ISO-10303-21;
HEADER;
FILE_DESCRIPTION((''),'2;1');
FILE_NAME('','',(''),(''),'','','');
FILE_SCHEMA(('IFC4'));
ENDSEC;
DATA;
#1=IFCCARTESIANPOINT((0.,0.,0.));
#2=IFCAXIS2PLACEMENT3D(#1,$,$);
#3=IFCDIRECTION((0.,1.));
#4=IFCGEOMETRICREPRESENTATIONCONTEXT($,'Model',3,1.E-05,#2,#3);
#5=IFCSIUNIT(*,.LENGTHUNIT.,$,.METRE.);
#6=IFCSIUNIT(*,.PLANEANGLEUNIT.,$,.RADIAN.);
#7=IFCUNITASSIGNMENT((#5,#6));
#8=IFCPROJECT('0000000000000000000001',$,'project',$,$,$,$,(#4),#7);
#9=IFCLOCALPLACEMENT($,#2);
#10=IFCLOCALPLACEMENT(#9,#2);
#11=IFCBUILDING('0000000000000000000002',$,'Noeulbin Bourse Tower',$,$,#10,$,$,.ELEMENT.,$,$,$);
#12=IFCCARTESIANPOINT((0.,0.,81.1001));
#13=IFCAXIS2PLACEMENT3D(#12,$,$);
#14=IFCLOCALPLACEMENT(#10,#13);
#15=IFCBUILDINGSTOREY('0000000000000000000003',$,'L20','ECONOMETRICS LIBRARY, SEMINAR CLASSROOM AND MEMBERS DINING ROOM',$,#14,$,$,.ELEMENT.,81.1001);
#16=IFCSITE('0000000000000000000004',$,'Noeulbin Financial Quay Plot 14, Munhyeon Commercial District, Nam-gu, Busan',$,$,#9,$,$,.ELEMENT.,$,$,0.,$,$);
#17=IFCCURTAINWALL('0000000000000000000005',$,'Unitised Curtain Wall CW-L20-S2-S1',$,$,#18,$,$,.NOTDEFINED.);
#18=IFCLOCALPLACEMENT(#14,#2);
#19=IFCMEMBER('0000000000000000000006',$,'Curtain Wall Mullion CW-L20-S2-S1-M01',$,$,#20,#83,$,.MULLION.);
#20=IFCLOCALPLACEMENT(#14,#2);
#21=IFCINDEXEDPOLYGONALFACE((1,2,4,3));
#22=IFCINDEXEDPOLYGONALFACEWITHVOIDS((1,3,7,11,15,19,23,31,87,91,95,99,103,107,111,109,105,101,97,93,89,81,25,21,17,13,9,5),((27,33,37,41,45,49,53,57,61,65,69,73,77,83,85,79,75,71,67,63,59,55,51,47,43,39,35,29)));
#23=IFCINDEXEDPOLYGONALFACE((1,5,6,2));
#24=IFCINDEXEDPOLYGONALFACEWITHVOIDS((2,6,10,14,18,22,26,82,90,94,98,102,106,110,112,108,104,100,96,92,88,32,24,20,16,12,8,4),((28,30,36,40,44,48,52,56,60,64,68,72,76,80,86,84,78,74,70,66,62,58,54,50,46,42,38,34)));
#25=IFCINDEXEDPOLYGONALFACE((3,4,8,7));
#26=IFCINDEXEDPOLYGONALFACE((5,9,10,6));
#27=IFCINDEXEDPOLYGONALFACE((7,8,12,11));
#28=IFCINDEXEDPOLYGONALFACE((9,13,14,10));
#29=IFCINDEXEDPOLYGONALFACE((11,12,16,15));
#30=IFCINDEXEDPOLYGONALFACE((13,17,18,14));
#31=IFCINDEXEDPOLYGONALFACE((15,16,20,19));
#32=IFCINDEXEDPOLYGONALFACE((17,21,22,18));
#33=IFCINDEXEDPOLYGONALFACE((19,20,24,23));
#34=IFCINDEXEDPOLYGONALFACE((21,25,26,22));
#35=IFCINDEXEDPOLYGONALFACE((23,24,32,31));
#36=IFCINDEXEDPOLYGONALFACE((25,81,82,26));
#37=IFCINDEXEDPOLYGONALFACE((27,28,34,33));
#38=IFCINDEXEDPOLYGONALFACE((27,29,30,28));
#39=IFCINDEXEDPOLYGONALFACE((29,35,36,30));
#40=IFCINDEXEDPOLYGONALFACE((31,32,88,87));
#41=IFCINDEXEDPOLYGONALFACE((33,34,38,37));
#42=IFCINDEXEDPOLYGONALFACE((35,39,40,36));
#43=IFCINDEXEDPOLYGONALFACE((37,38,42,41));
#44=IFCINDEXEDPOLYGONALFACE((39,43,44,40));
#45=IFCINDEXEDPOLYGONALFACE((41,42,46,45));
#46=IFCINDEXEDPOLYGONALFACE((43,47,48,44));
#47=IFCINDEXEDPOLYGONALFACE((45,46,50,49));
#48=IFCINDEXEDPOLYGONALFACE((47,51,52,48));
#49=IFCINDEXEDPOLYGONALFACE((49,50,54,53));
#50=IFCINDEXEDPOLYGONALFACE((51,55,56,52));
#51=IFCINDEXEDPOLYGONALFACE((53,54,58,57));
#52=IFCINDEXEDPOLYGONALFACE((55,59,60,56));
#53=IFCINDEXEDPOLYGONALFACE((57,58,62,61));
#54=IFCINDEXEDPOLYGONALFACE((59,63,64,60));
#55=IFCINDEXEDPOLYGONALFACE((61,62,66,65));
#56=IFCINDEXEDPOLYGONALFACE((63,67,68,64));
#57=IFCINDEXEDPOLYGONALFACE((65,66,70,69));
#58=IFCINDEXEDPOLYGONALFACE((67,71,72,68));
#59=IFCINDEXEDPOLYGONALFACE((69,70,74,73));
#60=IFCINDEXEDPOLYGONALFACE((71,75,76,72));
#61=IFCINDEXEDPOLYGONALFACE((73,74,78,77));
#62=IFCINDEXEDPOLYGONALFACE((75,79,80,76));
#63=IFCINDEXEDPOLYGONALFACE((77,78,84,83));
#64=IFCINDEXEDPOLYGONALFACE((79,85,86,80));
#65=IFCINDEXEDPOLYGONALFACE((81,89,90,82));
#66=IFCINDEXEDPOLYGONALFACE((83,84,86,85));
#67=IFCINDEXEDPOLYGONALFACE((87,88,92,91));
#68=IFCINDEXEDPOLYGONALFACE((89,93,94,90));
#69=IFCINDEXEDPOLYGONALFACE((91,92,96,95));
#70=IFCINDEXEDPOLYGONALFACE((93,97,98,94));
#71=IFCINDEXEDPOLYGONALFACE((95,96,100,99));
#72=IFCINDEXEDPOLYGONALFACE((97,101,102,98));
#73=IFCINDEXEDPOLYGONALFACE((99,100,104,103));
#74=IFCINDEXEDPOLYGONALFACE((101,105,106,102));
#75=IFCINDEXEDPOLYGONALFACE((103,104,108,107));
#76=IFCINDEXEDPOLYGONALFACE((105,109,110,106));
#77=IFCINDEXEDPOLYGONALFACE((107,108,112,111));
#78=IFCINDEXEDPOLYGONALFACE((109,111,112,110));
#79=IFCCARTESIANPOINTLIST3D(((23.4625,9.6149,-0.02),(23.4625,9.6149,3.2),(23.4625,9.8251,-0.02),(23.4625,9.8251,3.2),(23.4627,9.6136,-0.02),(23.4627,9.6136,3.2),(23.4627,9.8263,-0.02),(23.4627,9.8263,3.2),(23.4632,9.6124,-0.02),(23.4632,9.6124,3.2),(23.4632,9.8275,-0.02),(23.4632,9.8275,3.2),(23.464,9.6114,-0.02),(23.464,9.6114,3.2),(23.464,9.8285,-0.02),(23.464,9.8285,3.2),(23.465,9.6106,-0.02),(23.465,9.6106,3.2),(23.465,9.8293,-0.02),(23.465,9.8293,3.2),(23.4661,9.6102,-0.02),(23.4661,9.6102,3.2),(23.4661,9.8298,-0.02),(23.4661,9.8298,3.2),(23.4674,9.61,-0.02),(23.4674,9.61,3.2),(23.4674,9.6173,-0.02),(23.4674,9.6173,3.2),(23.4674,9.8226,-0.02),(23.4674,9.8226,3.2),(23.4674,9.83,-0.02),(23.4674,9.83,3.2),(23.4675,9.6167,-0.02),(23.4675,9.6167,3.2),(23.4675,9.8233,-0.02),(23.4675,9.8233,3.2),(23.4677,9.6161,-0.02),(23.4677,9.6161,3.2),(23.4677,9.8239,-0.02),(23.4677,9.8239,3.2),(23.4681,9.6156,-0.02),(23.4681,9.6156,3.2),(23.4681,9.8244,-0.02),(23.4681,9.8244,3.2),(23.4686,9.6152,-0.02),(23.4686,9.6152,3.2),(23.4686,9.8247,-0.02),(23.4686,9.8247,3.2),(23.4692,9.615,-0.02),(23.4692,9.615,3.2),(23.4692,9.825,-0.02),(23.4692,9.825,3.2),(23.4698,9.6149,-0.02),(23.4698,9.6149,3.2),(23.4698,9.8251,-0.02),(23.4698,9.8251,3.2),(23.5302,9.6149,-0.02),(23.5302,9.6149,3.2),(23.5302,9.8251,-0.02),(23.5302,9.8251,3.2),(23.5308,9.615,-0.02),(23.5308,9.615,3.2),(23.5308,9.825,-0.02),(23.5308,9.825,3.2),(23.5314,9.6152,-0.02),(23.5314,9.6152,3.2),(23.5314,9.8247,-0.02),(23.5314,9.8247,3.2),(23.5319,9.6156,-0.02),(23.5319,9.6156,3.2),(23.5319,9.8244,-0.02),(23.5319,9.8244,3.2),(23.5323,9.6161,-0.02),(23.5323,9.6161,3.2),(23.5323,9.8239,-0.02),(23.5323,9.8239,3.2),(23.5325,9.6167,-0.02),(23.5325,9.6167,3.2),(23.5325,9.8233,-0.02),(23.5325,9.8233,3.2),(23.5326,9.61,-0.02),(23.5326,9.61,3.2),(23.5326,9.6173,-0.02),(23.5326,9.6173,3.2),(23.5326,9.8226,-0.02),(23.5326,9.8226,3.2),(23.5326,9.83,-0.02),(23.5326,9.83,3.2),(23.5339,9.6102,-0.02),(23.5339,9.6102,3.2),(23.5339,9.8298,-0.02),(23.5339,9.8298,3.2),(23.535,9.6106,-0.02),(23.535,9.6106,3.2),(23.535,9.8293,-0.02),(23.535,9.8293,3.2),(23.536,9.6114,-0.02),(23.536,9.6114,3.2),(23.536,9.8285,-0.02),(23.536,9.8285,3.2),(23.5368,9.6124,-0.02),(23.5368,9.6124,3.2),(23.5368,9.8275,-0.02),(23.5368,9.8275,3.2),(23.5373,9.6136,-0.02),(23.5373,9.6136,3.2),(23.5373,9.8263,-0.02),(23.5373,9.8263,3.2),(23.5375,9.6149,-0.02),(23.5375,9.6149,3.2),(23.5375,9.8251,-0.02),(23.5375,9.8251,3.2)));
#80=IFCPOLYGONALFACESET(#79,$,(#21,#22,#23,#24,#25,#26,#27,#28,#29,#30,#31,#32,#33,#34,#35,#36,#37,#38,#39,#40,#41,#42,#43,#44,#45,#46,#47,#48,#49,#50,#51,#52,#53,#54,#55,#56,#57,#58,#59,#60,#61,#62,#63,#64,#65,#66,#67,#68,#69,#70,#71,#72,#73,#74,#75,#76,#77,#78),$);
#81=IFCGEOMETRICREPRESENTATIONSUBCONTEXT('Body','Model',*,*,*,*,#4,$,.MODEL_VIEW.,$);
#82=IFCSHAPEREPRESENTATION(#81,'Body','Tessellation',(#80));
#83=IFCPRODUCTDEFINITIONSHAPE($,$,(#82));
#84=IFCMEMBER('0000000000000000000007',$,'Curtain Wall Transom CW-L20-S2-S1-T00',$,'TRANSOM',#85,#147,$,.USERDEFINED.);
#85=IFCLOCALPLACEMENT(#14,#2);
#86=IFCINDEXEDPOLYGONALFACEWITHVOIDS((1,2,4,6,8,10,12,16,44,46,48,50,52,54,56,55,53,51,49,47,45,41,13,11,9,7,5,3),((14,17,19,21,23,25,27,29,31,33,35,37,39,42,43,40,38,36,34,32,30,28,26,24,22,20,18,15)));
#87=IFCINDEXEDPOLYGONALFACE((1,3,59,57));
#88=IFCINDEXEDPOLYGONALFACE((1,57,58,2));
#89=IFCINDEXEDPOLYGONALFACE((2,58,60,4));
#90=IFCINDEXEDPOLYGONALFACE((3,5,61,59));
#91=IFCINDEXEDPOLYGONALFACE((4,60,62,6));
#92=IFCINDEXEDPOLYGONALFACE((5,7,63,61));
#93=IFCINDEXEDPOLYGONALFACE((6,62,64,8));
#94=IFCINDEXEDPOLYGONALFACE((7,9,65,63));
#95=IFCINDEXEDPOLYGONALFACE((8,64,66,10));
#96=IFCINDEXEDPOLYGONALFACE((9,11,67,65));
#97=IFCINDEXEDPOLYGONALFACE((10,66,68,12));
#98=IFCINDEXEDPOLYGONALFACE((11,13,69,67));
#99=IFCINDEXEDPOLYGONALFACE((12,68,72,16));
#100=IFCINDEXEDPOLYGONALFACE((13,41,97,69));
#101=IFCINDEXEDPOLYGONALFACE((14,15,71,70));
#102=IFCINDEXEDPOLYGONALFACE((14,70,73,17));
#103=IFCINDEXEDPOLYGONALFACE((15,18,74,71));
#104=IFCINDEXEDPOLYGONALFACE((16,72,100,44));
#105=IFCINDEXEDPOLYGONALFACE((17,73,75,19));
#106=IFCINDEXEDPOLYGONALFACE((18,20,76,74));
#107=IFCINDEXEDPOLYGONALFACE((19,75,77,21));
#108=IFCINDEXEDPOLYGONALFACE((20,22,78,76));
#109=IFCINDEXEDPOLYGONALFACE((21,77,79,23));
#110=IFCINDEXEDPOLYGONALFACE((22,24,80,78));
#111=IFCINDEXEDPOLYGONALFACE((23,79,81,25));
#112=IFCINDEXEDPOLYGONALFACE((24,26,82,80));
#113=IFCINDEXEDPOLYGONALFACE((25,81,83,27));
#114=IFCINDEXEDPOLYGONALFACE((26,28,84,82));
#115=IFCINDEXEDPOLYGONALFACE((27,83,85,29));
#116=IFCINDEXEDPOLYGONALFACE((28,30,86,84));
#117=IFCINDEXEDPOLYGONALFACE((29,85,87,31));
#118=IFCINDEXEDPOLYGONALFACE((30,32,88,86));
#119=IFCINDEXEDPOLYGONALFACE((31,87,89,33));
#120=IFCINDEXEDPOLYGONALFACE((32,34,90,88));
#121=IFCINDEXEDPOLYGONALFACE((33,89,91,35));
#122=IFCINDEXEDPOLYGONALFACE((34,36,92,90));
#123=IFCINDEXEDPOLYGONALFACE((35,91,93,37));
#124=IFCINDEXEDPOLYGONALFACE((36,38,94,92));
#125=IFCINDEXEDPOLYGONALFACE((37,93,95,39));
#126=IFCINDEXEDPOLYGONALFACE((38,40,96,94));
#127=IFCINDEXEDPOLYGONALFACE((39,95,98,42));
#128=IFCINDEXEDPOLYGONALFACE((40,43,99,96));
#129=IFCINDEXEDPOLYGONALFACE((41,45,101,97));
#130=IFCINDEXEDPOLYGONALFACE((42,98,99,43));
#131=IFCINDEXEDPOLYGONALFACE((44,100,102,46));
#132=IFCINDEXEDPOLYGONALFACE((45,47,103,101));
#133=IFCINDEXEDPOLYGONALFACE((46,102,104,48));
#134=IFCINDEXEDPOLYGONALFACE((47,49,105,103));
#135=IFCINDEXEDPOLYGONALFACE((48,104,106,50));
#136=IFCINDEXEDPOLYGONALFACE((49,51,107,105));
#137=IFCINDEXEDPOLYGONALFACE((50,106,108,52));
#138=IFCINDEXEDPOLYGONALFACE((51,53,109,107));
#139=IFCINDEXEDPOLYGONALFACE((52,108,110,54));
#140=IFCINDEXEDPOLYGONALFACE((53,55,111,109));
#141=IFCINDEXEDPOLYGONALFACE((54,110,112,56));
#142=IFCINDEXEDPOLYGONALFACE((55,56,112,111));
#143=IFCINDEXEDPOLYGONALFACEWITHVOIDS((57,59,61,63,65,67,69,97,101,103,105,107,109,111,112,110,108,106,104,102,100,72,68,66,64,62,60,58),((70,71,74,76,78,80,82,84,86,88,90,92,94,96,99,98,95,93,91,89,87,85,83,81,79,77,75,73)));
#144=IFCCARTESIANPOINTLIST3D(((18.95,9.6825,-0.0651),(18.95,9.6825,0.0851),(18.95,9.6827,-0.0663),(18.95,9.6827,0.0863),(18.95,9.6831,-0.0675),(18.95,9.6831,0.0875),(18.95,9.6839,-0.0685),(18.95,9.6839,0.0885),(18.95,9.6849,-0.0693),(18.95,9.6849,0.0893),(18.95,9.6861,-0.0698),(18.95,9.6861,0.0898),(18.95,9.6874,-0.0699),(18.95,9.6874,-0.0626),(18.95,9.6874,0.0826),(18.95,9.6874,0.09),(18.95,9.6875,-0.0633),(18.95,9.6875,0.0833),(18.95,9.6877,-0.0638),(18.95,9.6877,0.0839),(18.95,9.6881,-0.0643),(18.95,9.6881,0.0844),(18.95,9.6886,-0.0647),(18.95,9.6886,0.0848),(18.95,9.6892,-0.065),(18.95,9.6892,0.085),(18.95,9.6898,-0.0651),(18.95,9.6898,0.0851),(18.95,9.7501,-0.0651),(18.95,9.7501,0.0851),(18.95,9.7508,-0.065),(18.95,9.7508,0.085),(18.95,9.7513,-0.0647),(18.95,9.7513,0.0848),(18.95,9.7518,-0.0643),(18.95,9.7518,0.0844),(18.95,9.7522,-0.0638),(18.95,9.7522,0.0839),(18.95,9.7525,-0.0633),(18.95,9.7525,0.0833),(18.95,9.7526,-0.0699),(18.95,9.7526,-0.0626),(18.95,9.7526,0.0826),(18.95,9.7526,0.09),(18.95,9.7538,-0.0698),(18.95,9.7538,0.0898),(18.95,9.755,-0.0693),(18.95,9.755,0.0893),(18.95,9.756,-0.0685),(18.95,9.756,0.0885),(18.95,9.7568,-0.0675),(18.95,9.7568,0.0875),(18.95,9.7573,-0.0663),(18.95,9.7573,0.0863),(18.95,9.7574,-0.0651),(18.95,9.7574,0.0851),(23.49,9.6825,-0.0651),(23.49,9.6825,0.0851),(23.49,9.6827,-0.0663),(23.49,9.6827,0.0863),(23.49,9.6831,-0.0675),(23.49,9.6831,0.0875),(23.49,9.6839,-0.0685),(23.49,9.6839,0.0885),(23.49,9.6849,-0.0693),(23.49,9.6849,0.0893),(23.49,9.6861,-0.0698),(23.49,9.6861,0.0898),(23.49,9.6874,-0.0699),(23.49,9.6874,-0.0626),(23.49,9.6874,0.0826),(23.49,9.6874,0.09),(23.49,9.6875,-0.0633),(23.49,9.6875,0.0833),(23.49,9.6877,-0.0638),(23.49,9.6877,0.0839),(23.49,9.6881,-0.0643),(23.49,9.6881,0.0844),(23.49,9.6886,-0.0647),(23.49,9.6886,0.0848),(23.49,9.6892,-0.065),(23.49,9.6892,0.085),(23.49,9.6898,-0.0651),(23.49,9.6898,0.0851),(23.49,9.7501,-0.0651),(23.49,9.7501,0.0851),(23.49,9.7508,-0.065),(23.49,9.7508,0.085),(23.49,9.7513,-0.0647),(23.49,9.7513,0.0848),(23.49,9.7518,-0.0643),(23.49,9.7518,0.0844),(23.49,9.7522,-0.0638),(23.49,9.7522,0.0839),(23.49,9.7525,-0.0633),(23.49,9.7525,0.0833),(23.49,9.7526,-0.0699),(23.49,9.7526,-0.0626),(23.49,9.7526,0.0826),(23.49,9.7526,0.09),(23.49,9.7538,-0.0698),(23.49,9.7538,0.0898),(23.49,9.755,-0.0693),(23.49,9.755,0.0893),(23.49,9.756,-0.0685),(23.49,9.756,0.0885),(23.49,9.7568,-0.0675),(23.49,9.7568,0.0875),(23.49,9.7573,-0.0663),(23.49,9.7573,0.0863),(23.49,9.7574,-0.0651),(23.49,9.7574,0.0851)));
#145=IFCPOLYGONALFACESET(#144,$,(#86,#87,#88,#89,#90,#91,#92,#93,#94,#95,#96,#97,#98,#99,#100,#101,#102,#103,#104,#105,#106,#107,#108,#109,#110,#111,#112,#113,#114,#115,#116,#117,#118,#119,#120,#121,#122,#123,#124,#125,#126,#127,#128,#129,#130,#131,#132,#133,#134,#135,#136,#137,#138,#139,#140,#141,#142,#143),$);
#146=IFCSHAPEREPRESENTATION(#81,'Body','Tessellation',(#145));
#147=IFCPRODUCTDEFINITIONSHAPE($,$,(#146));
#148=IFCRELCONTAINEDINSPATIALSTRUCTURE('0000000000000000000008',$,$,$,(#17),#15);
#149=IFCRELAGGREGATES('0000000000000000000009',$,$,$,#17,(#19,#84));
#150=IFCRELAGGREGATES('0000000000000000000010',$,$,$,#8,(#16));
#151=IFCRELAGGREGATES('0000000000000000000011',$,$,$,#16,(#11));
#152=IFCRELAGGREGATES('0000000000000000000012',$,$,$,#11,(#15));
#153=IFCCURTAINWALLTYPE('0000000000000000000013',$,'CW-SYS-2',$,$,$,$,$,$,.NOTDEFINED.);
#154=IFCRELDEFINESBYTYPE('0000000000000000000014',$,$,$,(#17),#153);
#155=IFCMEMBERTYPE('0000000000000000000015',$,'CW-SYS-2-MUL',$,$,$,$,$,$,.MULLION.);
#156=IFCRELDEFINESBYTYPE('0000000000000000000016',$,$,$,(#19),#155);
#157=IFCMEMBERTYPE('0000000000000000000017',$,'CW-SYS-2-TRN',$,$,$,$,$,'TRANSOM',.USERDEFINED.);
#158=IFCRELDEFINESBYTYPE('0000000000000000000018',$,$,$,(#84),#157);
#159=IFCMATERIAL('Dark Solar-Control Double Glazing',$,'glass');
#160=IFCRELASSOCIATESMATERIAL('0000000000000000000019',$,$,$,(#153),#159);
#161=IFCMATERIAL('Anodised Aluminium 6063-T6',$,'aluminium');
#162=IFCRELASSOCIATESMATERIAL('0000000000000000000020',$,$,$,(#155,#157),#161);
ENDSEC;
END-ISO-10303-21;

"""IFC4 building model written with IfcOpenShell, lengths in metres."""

from ifc_helpers import new_model, si_unit, direction, frame, origin, origin_2d, place, context, subcontext, project, spatial, hollow_rectangle, extrude, material, material_profile, profile_set, type_object, element, aggregate, save


model = new_model("IFC4")

# Units and contexts
model_context = context("Model", 3, precision=1e-05, world=origin(), true_north=direction((0.0, 1.0)))
body_context = subcontext(model_context, "Body", "Model", "MODEL_VIEW")
ifc_project = project(units=[si_unit("LENGTHUNIT", "METRE"), si_unit("PLANEANGLEUNIT", "RADIAN")], contexts=[model_context])

# Site, building, storey
site_placement = place(None, origin())
site = spatial("IfcSite", under=ifc_project, at=site_placement, Name="Noeulbin Financial Quay Plot 14, Munhyeon Commercial District, Nam-gu, Busan", CompositionType="ELEMENT", RefElevation=0.0)
building_placement = place(site_placement, origin())
building = spatial("IfcBuilding", under=site, at=building_placement, Name="Noeulbin Bourse Tower", CompositionType="ELEMENT")
storey_placement = place(building_placement, frame((0.0, 0.0, 81.1001)))
storey = spatial("IfcBuildingStorey", under=building, at=storey_placement, Name="L20", Description="ECONOMETRICS LIBRARY, SEMINAR CLASSROOM AND MEMBERS DINING ROOM", CompositionType="ELEMENT", Elevation=81.1001)

# Curtain wall, members
ifc_material_1 = material(Name="Dark Solar-Control Double Glazing", Category="glass")
curtain_wall_type = type_object("IfcCurtainWallType", Name="CW-SYS-2", PredefinedType="NOTDEFINED", material=ifc_material_1)
curtain_wall_placement = place(storey_placement, origin())
curtain_wall = element("IfcCurtainWall", 1, at=curtain_wall_placement, inside=storey, type_object=curtain_wall_type, Name="Unitised Curtain Wall CW-L20-S2-S1", PredefinedType="NOTDEFINED")
ifc_material_2 = material(Name="Anodised Aluminium 6063-T6", Category="aluminium")
ifc_material_profile_1 = material_profile(ifc_material_2, hollow_rectangle(XDim=0.075, YDim=0.22, WallThickness=0.0049, InnerFilletRadius=0.0024, OuterFilletRadius=0.0049, at=origin_2d()), Name="ALU-MULL-75x220x5", Category="LoadBearing")
ifc_profile_set_1 = profile_set([ifc_material_profile_1], Name="Anodised Aluminium 6063-T6")
member_type_1 = type_object("IfcMemberType", Name="CW-SYS-2-MUL", PredefinedType="MULLION", material=ifc_profile_set_1)
member_1_placement = place(storey_placement, frame((23.5, 9.72, -0.02), z_axis=(0.0, 0.0, 1.0), x_axis=(1.0, 0.0, 0.0)))
member_1 = element("IfcMember", 2, at=member_1_placement, type_object=member_type_1, Name="Curtain Wall Mullion CW-L20-S2-S1-M01", PredefinedType="MULLION", context=body_context, shape_type="SweptSolid", body=[
    extrude(hollow_rectangle(XDim=0.075, YDim=0.22, WallThickness=0.0049, InnerFilletRadius=0.0024, OuterFilletRadius=0.0049, at=origin_2d()), origin(), (0.0, 0.0, 1.0), 3.22),
])
ifc_material_profile_2 = material_profile(ifc_material_2, hollow_rectangle(XDim=0.075, YDim=0.1599, WallThickness=0.0049, InnerFilletRadius=0.0024, OuterFilletRadius=0.0049, at=origin_2d()), Name="ALU-TRAN-75x160x5", Category="LoadBearing")
ifc_profile_set_2 = profile_set([ifc_material_profile_2], Name="Anodised Aluminium 6063-T6")
member_type_2 = type_object("IfcMemberType", Name="CW-SYS-2-TRN", ElementType="TRANSOM", PredefinedType="USERDEFINED", material=ifc_profile_set_2)
member_2_placement = place(storey_placement, frame((18.95, 9.72, 0.01), z_axis=(1.0, 0.0, 0.0), x_axis=(0.0, 1.0, 0.0)))
member_2 = element("IfcMember", 3, at=member_2_placement, type_object=member_type_2, Name="Curtain Wall Transom CW-L20-S2-S1-T00", ObjectType="TRANSOM", PredefinedType="USERDEFINED", context=body_context, shape_type="SweptSolid", body=[
    extrude(hollow_rectangle(XDim=0.075, YDim=0.1599, WallThickness=0.0049, InnerFilletRadius=0.0024, OuterFilletRadius=0.0049, at=origin_2d()), origin(), (0.0, 0.0, 1.0), 4.54),
])
aggregate(curtain_wall, [member_1, member_2])

save(model, "model.ifc")
